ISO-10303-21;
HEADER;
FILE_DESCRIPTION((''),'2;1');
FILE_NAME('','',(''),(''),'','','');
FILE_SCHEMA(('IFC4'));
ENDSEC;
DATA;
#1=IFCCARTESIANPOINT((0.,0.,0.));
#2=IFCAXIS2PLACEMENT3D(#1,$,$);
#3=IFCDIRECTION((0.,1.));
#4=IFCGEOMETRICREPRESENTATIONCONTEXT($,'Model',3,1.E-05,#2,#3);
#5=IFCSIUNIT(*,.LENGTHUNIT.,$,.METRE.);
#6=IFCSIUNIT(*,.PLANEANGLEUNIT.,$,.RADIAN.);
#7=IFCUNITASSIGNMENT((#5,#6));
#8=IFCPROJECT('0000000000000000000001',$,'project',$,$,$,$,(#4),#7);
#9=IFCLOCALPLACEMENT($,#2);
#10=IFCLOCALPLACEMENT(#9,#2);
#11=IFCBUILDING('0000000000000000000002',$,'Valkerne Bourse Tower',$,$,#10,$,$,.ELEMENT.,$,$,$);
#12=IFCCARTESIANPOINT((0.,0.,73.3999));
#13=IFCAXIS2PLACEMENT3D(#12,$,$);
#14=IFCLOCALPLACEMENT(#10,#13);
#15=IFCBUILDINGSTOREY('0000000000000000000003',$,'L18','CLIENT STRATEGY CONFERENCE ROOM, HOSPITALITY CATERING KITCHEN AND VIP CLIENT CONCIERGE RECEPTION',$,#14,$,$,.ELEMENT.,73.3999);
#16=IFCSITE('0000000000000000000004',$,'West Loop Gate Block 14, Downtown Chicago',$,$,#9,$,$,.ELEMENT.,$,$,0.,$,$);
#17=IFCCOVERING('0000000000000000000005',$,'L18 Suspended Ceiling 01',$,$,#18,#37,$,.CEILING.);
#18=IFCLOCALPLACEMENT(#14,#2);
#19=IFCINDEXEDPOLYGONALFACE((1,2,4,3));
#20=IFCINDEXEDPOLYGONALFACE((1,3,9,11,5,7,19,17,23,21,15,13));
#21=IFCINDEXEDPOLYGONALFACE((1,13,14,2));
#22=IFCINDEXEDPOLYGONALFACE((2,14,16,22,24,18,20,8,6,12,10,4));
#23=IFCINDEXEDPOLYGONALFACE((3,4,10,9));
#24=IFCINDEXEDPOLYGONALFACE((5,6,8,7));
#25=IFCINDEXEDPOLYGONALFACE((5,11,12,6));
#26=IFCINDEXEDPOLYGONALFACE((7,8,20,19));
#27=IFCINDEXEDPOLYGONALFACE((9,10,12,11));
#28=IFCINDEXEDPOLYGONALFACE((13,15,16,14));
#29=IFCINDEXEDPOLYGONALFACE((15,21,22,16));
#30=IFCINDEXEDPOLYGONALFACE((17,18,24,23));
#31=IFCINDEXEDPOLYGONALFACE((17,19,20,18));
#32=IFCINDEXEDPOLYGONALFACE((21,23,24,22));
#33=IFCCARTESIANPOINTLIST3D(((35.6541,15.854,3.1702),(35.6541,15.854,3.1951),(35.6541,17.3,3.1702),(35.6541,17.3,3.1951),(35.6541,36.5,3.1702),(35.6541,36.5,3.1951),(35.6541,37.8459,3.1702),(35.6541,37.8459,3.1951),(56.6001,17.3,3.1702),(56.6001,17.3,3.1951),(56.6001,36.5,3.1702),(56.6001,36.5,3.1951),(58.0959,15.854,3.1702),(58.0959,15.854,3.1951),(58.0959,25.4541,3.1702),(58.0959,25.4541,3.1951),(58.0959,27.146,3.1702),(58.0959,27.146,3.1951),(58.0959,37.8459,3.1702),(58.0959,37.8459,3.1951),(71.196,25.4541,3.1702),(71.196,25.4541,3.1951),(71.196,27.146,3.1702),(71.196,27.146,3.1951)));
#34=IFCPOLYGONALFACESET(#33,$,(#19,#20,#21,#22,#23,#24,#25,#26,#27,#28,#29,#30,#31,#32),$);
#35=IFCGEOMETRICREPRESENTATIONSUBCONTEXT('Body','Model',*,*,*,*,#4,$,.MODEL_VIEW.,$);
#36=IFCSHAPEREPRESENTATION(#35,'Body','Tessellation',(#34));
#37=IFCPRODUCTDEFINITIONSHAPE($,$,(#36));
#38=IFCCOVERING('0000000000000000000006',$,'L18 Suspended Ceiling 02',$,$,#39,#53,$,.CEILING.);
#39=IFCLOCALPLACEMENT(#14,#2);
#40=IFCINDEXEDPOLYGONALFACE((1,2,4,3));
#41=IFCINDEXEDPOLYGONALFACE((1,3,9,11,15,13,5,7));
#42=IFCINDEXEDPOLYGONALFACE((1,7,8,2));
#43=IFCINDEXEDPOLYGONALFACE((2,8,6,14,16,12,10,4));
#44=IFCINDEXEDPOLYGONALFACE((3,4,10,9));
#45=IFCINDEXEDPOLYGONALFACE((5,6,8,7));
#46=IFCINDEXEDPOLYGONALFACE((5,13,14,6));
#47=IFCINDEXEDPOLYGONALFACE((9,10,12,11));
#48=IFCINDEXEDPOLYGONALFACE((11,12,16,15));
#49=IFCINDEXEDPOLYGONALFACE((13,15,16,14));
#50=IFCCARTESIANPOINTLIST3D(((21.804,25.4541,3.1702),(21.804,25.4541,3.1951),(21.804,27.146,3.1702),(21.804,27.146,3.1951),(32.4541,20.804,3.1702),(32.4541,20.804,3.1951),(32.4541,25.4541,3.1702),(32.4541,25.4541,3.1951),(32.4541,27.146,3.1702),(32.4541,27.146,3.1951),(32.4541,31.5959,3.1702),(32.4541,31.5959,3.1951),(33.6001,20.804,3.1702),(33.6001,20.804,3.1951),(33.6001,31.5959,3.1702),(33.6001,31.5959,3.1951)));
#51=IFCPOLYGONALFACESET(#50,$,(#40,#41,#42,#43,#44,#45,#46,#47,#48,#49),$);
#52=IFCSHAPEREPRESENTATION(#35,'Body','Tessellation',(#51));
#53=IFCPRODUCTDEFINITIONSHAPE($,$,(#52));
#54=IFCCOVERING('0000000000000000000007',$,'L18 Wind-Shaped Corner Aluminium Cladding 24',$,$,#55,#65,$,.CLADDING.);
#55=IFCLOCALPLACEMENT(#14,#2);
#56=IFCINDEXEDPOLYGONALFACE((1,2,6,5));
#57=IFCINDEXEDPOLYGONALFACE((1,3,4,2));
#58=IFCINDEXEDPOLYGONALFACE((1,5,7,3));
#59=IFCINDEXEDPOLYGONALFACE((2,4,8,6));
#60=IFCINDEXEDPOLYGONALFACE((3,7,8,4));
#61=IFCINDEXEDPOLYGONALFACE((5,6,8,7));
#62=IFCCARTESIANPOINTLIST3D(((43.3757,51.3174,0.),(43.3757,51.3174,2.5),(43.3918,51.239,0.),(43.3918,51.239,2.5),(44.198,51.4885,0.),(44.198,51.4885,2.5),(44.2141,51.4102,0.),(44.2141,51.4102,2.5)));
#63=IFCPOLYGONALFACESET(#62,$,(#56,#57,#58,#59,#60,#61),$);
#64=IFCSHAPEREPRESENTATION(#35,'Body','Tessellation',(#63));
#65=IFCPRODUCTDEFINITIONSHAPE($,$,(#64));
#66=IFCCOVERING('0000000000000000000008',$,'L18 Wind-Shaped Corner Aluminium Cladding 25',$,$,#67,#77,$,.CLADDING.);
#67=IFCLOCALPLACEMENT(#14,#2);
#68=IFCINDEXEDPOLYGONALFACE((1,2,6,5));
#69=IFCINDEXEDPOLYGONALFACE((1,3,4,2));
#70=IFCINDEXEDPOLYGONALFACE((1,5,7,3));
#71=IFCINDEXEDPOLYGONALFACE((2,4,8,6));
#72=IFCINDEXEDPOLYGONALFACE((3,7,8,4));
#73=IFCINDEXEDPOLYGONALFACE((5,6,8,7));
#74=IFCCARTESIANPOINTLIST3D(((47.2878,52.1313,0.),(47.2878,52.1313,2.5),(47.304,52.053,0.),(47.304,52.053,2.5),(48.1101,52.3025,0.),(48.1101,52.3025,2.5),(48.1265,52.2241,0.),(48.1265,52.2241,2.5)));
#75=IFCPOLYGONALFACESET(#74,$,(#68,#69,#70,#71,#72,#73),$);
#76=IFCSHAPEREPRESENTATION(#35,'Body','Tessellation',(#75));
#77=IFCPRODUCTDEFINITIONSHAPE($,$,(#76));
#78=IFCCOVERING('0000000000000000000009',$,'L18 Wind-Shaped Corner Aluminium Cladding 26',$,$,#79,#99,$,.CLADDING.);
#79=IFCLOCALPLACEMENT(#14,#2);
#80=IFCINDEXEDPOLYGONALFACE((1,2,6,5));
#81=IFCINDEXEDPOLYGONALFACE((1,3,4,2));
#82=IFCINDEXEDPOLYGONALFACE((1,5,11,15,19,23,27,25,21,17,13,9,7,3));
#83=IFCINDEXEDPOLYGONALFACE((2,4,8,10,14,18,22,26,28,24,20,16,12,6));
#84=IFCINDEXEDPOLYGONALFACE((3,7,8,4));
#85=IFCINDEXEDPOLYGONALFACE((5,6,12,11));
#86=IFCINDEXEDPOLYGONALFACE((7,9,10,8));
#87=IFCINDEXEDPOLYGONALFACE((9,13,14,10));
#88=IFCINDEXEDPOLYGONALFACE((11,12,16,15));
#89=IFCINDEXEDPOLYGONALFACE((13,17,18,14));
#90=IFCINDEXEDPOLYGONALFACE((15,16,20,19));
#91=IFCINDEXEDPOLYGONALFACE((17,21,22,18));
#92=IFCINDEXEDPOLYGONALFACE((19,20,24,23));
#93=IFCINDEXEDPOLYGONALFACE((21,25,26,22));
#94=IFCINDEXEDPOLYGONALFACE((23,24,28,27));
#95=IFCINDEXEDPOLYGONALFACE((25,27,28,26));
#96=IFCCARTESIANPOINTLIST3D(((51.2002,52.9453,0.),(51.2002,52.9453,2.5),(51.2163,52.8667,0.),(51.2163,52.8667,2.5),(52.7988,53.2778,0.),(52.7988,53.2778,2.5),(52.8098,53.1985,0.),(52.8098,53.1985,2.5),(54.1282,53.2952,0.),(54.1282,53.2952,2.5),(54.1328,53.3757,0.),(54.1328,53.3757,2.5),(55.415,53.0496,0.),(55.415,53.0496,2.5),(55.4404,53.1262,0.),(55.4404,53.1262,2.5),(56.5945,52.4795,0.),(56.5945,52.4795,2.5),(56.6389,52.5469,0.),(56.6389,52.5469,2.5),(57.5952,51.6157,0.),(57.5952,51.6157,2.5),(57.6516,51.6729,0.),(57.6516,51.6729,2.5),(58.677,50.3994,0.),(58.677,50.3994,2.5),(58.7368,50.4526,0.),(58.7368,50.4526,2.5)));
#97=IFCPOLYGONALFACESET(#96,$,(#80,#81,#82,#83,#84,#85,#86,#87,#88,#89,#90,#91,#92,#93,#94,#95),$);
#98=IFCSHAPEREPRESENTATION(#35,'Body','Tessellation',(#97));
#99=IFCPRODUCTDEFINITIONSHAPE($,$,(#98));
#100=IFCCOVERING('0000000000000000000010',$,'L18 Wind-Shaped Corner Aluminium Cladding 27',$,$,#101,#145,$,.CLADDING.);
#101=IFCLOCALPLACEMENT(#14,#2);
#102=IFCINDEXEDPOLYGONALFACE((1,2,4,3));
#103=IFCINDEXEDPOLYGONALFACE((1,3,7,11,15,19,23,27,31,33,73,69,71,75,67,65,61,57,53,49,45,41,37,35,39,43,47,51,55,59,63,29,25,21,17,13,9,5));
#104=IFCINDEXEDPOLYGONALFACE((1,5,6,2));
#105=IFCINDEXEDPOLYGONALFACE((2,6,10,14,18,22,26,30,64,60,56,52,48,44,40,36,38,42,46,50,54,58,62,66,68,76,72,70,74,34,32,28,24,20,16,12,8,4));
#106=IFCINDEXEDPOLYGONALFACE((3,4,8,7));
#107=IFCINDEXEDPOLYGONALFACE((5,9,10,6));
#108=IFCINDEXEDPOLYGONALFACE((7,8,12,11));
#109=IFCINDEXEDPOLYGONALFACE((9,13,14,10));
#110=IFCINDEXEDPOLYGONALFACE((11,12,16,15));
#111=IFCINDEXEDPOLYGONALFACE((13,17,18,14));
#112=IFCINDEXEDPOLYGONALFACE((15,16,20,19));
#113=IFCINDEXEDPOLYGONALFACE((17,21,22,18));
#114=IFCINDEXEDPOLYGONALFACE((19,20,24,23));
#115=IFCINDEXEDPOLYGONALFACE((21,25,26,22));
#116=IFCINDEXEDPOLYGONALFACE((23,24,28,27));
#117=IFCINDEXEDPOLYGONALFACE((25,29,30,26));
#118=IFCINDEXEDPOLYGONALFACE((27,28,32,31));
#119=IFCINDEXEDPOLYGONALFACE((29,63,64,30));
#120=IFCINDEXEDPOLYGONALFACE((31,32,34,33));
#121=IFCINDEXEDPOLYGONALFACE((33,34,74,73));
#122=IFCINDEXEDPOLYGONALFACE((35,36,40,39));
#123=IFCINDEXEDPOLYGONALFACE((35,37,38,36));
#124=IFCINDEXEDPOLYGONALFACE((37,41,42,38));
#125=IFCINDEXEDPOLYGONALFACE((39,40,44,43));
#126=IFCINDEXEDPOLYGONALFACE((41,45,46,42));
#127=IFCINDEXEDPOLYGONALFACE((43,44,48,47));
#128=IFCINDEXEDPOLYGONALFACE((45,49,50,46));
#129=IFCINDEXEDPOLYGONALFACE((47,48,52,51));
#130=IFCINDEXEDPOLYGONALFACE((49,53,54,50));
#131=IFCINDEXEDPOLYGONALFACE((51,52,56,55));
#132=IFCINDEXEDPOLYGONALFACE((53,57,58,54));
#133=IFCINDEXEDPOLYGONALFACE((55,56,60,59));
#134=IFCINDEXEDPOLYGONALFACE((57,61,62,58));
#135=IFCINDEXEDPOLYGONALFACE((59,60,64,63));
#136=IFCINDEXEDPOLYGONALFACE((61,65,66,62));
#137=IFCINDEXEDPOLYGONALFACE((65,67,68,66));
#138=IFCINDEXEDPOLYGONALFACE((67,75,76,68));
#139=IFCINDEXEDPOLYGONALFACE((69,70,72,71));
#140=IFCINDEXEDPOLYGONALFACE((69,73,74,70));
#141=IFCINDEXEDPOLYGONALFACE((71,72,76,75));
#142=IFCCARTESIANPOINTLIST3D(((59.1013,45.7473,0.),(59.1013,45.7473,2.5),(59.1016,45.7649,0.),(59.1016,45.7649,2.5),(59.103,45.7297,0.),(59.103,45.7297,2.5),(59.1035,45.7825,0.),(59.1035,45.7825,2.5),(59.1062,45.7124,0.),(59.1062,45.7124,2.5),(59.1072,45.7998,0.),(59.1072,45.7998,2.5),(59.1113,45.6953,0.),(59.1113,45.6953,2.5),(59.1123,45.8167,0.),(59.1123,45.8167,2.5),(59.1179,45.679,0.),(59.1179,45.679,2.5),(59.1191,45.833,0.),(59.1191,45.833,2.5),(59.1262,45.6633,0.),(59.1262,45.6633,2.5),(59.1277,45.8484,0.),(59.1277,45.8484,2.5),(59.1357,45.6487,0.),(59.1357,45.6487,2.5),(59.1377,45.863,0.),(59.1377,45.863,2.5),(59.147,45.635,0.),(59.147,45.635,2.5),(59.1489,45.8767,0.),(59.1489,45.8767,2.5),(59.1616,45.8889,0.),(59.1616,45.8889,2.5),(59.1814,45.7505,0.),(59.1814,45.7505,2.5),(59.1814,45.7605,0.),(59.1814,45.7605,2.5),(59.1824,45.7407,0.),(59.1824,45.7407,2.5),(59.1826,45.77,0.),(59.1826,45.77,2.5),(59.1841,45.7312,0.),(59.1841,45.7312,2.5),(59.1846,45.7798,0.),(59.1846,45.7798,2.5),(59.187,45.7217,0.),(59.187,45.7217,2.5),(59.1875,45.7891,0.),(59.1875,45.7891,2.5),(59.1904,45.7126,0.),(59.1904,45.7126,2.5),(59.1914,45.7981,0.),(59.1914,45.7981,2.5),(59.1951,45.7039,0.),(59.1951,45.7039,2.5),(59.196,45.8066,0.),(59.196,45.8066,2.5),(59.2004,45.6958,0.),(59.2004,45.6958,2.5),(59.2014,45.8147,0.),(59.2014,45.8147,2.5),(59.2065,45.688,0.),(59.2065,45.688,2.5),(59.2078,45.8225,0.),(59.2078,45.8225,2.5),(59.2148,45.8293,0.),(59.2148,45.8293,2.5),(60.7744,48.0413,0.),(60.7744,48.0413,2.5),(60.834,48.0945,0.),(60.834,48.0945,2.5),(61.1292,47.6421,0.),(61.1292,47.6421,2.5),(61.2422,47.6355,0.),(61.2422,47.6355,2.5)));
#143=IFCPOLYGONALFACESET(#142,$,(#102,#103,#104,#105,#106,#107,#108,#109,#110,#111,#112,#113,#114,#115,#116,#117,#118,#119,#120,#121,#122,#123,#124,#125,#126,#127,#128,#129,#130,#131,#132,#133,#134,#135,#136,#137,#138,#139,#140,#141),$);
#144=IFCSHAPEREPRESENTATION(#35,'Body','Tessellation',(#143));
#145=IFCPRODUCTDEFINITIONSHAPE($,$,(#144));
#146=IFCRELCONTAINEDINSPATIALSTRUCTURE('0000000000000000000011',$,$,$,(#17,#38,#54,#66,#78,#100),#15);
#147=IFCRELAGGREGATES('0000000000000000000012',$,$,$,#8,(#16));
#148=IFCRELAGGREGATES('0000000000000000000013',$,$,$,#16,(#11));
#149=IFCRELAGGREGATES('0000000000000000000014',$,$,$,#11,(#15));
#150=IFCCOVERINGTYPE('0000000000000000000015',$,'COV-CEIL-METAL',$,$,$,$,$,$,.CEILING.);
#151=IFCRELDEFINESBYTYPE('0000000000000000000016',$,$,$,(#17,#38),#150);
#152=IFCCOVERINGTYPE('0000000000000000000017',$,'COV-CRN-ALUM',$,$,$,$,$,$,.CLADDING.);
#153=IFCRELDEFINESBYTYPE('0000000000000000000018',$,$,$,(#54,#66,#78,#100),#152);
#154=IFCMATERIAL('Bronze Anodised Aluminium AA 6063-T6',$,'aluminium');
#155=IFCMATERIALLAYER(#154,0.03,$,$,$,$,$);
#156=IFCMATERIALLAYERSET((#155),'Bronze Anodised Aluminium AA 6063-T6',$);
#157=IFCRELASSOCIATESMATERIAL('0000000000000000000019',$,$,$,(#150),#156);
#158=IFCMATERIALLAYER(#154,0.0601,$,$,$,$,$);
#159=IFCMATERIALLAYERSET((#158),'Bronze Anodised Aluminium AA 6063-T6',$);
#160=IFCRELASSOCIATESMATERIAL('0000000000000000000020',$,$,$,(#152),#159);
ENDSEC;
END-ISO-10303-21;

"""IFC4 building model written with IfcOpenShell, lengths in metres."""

from ifc_helpers import new_model, si_unit, direction, frame, origin, place, context, subcontext, project, spatial, polyline, outline, extrude, material, layer, layer_set, type_object, element, save


model = new_model("IFC4")

# Units and contexts
model_context = context("Model", 3, precision=1e-05, world=origin(), true_north=direction((0.0, 1.0)))
body_context = subcontext(model_context, "Body", "Model", "MODEL_VIEW")
ifc_project = project(units=[si_unit("LENGTHUNIT", "METRE"), si_unit("PLANEANGLEUNIT", "RADIAN")], contexts=[model_context])

# Site, building, storey
site_placement = place(None, origin())
site = spatial("IfcSite", under=ifc_project, at=site_placement, Name="West Loop Gate Block 14, Downtown Chicago", CompositionType="ELEMENT", RefElevation=0.0)
building_placement = place(site_placement, origin())
building = spatial("IfcBuilding", under=site, at=building_placement, Name="Valkerne Bourse Tower", CompositionType="ELEMENT")
storey_placement = place(building_placement, frame((0.0, 0.0, 73.3999)))
storey = spatial("IfcBuildingStorey", under=building, at=storey_placement, Name="L18", Description="CLIENT STRATEGY CONFERENCE ROOM, HOSPITALITY CATERING KITCHEN AND VIP CLIENT CONCIERGE RECEPTION", CompositionType="ELEMENT", Elevation=73.3999)

# Coverings
ifc_material_1 = material(Name="Bronze Anodised Aluminium AA 6063-T6", Category="aluminium")
ifc_layer_1 = layer(ifc_material_1, 0.03)
ifc_layer_set_1 = layer_set([ifc_layer_1], Name="Bronze Anodised Aluminium AA 6063-T6")
covering_type_1 = type_object("IfcCoveringType", Name="COV-CEIL-METAL", PredefinedType="CEILING", material=ifc_layer_set_1)
covering_1_placement = place(storey_placement, frame((0.0, 0.0, 3.1702)))
element("IfcCovering", 1, at=covering_1_placement, inside=storey, type_object=covering_type_1, Name="L18 Suspended Ceiling 01", PredefinedType="CEILING", context=body_context, shape_type="SweptSolid", body=[
    extrude(outline(polyline([(71.196, 27.146), (71.196, 25.4541), (58.0959, 25.4541), (58.0959, 15.854), (35.6541, 15.854), (35.6541, 17.3), (56.6001, 17.3), (56.6001, 36.5), (35.6541, 36.5), (35.6541, 37.8459), (58.0959, 37.8459), (58.0959, 27.146), (71.196, 27.146)])), origin(), (0.0, 0.0, 1.0), 0.0249),
])
covering_2_placement = place(storey_placement, frame((0.0, 0.0, 3.1702)))
element("IfcCovering", 2, at=covering_2_placement, inside=storey, type_object=covering_type_1, Name="L18 Suspended Ceiling 02", PredefinedType="CEILING", context=body_context, shape_type="SweptSolid", body=[
    extrude(outline(polyline([(32.4541, 20.804), (32.4541, 25.4541), (21.804, 25.4541), (21.804, 27.146), (32.4541, 27.146), (32.4541, 31.5959), (33.6001, 31.5959), (33.6001, 20.804), (32.4541, 20.804)])), origin(), (0.0, 0.0, 1.0), 0.0249),
])
ifc_layer_2 = layer(ifc_material_1, 0.0601)
ifc_layer_set_2 = layer_set([ifc_layer_2], Name="Bronze Anodised Aluminium AA 6063-T6")
covering_type_2 = type_object("IfcCoveringType", Name="COV-CRN-ALUM", PredefinedType="CLADDING", material=ifc_layer_set_2)
covering_3_placement = place(storey_placement, origin())
element("IfcCovering", 3, at=covering_3_placement, inside=storey, type_object=covering_type_2, Name="L18 Wind-Shaped Corner Aluminium Cladding 24", PredefinedType="CLADDING", context=body_context, shape_type="SweptSolid", body=[
    extrude(outline(polyline([(44.198, 51.4885), (44.2141, 51.4102), (43.3918, 51.239), (43.3757, 51.3174), (44.198, 51.4885)])), origin(), (0.0, 0.0, 1.0), 2.5),
])
covering_4_placement = place(storey_placement, origin())
element("IfcCovering", 4, at=covering_4_placement, inside=storey, type_object=covering_type_2, Name="L18 Wind-Shaped Corner Aluminium Cladding 25", PredefinedType="CLADDING", context=body_context, shape_type="SweptSolid", body=[
    extrude(outline(polyline([(48.1101, 52.3025), (48.1265, 52.2241), (47.304, 52.053), (47.2878, 52.1313), (48.1101, 52.3025)])), origin(), (0.0, 0.0, 1.0), 2.5),
])
covering_5_placement = place(storey_placement, origin())
element("IfcCovering", 5, at=covering_5_placement, inside=storey, type_object=covering_type_2, Name="L18 Wind-Shaped Corner Aluminium Cladding 26", PredefinedType="CLADDING", context=body_context, shape_type="SweptSolid", body=[
    extrude(outline(polyline([(52.7988, 53.2778), (54.1328, 53.3757), (55.4404, 53.1262), (56.6389, 52.5469), (57.6516, 51.6729), (58.7368, 50.4526), (58.677, 50.3994), (57.5952, 51.6157), (56.5945, 52.4795), (55.415, 53.0496), (54.1282, 53.2952), (52.8098, 53.1985), (51.2163, 52.8667), (51.2002, 52.9453), (52.7988, 53.2778)])), origin(), (0.0, 0.0, 1.0), 2.5),
])
covering_6_placement = place(storey_placement, origin())
element("IfcCovering", 6, at=covering_6_placement, inside=storey, type_object=covering_type_2, Name="L18 Wind-Shaped Corner Aluminium Cladding 27", PredefinedType="CLADDING", context=body_context, shape_type="SweptSolid", body=[
    extrude(outline(polyline([(61.2422, 47.6355), (59.2148, 45.8293), (59.2078, 45.8225), (59.2014, 45.8147), (59.196, 45.8066), (59.1914, 45.7981), (59.1875, 45.7891), (59.1846, 45.7798), (59.1826, 45.77), (59.1814, 45.7605), (59.1814, 45.7505), (59.1824, 45.7407), (59.1841, 45.7312), (59.187, 45.7217), (59.1904, 45.7126), (59.1951, 45.7039), (59.2004, 45.6958), (59.2065, 45.688), (59.147, 45.635), (59.1357, 45.6487), (59.1262, 45.6633), (59.1179, 45.679), (59.1113, 45.6953), (59.1062, 45.7124), (59.103, 45.7297), (59.1013, 45.7473), (59.1016, 45.7649), (59.1035, 45.7825), (59.1072, 45.7998), (59.1123, 45.8167), (59.1191, 45.833), (59.1277, 45.8484), (59.1377, 45.863), (59.1489, 45.8767), (59.1616, 45.8889), (61.1292, 47.6421), (60.7744, 48.0413), (60.834, 48.0945), (61.2422, 47.6355)])), origin(), (0.0, 0.0, 1.0), 2.5),
])

save(model, "model.ifc")
